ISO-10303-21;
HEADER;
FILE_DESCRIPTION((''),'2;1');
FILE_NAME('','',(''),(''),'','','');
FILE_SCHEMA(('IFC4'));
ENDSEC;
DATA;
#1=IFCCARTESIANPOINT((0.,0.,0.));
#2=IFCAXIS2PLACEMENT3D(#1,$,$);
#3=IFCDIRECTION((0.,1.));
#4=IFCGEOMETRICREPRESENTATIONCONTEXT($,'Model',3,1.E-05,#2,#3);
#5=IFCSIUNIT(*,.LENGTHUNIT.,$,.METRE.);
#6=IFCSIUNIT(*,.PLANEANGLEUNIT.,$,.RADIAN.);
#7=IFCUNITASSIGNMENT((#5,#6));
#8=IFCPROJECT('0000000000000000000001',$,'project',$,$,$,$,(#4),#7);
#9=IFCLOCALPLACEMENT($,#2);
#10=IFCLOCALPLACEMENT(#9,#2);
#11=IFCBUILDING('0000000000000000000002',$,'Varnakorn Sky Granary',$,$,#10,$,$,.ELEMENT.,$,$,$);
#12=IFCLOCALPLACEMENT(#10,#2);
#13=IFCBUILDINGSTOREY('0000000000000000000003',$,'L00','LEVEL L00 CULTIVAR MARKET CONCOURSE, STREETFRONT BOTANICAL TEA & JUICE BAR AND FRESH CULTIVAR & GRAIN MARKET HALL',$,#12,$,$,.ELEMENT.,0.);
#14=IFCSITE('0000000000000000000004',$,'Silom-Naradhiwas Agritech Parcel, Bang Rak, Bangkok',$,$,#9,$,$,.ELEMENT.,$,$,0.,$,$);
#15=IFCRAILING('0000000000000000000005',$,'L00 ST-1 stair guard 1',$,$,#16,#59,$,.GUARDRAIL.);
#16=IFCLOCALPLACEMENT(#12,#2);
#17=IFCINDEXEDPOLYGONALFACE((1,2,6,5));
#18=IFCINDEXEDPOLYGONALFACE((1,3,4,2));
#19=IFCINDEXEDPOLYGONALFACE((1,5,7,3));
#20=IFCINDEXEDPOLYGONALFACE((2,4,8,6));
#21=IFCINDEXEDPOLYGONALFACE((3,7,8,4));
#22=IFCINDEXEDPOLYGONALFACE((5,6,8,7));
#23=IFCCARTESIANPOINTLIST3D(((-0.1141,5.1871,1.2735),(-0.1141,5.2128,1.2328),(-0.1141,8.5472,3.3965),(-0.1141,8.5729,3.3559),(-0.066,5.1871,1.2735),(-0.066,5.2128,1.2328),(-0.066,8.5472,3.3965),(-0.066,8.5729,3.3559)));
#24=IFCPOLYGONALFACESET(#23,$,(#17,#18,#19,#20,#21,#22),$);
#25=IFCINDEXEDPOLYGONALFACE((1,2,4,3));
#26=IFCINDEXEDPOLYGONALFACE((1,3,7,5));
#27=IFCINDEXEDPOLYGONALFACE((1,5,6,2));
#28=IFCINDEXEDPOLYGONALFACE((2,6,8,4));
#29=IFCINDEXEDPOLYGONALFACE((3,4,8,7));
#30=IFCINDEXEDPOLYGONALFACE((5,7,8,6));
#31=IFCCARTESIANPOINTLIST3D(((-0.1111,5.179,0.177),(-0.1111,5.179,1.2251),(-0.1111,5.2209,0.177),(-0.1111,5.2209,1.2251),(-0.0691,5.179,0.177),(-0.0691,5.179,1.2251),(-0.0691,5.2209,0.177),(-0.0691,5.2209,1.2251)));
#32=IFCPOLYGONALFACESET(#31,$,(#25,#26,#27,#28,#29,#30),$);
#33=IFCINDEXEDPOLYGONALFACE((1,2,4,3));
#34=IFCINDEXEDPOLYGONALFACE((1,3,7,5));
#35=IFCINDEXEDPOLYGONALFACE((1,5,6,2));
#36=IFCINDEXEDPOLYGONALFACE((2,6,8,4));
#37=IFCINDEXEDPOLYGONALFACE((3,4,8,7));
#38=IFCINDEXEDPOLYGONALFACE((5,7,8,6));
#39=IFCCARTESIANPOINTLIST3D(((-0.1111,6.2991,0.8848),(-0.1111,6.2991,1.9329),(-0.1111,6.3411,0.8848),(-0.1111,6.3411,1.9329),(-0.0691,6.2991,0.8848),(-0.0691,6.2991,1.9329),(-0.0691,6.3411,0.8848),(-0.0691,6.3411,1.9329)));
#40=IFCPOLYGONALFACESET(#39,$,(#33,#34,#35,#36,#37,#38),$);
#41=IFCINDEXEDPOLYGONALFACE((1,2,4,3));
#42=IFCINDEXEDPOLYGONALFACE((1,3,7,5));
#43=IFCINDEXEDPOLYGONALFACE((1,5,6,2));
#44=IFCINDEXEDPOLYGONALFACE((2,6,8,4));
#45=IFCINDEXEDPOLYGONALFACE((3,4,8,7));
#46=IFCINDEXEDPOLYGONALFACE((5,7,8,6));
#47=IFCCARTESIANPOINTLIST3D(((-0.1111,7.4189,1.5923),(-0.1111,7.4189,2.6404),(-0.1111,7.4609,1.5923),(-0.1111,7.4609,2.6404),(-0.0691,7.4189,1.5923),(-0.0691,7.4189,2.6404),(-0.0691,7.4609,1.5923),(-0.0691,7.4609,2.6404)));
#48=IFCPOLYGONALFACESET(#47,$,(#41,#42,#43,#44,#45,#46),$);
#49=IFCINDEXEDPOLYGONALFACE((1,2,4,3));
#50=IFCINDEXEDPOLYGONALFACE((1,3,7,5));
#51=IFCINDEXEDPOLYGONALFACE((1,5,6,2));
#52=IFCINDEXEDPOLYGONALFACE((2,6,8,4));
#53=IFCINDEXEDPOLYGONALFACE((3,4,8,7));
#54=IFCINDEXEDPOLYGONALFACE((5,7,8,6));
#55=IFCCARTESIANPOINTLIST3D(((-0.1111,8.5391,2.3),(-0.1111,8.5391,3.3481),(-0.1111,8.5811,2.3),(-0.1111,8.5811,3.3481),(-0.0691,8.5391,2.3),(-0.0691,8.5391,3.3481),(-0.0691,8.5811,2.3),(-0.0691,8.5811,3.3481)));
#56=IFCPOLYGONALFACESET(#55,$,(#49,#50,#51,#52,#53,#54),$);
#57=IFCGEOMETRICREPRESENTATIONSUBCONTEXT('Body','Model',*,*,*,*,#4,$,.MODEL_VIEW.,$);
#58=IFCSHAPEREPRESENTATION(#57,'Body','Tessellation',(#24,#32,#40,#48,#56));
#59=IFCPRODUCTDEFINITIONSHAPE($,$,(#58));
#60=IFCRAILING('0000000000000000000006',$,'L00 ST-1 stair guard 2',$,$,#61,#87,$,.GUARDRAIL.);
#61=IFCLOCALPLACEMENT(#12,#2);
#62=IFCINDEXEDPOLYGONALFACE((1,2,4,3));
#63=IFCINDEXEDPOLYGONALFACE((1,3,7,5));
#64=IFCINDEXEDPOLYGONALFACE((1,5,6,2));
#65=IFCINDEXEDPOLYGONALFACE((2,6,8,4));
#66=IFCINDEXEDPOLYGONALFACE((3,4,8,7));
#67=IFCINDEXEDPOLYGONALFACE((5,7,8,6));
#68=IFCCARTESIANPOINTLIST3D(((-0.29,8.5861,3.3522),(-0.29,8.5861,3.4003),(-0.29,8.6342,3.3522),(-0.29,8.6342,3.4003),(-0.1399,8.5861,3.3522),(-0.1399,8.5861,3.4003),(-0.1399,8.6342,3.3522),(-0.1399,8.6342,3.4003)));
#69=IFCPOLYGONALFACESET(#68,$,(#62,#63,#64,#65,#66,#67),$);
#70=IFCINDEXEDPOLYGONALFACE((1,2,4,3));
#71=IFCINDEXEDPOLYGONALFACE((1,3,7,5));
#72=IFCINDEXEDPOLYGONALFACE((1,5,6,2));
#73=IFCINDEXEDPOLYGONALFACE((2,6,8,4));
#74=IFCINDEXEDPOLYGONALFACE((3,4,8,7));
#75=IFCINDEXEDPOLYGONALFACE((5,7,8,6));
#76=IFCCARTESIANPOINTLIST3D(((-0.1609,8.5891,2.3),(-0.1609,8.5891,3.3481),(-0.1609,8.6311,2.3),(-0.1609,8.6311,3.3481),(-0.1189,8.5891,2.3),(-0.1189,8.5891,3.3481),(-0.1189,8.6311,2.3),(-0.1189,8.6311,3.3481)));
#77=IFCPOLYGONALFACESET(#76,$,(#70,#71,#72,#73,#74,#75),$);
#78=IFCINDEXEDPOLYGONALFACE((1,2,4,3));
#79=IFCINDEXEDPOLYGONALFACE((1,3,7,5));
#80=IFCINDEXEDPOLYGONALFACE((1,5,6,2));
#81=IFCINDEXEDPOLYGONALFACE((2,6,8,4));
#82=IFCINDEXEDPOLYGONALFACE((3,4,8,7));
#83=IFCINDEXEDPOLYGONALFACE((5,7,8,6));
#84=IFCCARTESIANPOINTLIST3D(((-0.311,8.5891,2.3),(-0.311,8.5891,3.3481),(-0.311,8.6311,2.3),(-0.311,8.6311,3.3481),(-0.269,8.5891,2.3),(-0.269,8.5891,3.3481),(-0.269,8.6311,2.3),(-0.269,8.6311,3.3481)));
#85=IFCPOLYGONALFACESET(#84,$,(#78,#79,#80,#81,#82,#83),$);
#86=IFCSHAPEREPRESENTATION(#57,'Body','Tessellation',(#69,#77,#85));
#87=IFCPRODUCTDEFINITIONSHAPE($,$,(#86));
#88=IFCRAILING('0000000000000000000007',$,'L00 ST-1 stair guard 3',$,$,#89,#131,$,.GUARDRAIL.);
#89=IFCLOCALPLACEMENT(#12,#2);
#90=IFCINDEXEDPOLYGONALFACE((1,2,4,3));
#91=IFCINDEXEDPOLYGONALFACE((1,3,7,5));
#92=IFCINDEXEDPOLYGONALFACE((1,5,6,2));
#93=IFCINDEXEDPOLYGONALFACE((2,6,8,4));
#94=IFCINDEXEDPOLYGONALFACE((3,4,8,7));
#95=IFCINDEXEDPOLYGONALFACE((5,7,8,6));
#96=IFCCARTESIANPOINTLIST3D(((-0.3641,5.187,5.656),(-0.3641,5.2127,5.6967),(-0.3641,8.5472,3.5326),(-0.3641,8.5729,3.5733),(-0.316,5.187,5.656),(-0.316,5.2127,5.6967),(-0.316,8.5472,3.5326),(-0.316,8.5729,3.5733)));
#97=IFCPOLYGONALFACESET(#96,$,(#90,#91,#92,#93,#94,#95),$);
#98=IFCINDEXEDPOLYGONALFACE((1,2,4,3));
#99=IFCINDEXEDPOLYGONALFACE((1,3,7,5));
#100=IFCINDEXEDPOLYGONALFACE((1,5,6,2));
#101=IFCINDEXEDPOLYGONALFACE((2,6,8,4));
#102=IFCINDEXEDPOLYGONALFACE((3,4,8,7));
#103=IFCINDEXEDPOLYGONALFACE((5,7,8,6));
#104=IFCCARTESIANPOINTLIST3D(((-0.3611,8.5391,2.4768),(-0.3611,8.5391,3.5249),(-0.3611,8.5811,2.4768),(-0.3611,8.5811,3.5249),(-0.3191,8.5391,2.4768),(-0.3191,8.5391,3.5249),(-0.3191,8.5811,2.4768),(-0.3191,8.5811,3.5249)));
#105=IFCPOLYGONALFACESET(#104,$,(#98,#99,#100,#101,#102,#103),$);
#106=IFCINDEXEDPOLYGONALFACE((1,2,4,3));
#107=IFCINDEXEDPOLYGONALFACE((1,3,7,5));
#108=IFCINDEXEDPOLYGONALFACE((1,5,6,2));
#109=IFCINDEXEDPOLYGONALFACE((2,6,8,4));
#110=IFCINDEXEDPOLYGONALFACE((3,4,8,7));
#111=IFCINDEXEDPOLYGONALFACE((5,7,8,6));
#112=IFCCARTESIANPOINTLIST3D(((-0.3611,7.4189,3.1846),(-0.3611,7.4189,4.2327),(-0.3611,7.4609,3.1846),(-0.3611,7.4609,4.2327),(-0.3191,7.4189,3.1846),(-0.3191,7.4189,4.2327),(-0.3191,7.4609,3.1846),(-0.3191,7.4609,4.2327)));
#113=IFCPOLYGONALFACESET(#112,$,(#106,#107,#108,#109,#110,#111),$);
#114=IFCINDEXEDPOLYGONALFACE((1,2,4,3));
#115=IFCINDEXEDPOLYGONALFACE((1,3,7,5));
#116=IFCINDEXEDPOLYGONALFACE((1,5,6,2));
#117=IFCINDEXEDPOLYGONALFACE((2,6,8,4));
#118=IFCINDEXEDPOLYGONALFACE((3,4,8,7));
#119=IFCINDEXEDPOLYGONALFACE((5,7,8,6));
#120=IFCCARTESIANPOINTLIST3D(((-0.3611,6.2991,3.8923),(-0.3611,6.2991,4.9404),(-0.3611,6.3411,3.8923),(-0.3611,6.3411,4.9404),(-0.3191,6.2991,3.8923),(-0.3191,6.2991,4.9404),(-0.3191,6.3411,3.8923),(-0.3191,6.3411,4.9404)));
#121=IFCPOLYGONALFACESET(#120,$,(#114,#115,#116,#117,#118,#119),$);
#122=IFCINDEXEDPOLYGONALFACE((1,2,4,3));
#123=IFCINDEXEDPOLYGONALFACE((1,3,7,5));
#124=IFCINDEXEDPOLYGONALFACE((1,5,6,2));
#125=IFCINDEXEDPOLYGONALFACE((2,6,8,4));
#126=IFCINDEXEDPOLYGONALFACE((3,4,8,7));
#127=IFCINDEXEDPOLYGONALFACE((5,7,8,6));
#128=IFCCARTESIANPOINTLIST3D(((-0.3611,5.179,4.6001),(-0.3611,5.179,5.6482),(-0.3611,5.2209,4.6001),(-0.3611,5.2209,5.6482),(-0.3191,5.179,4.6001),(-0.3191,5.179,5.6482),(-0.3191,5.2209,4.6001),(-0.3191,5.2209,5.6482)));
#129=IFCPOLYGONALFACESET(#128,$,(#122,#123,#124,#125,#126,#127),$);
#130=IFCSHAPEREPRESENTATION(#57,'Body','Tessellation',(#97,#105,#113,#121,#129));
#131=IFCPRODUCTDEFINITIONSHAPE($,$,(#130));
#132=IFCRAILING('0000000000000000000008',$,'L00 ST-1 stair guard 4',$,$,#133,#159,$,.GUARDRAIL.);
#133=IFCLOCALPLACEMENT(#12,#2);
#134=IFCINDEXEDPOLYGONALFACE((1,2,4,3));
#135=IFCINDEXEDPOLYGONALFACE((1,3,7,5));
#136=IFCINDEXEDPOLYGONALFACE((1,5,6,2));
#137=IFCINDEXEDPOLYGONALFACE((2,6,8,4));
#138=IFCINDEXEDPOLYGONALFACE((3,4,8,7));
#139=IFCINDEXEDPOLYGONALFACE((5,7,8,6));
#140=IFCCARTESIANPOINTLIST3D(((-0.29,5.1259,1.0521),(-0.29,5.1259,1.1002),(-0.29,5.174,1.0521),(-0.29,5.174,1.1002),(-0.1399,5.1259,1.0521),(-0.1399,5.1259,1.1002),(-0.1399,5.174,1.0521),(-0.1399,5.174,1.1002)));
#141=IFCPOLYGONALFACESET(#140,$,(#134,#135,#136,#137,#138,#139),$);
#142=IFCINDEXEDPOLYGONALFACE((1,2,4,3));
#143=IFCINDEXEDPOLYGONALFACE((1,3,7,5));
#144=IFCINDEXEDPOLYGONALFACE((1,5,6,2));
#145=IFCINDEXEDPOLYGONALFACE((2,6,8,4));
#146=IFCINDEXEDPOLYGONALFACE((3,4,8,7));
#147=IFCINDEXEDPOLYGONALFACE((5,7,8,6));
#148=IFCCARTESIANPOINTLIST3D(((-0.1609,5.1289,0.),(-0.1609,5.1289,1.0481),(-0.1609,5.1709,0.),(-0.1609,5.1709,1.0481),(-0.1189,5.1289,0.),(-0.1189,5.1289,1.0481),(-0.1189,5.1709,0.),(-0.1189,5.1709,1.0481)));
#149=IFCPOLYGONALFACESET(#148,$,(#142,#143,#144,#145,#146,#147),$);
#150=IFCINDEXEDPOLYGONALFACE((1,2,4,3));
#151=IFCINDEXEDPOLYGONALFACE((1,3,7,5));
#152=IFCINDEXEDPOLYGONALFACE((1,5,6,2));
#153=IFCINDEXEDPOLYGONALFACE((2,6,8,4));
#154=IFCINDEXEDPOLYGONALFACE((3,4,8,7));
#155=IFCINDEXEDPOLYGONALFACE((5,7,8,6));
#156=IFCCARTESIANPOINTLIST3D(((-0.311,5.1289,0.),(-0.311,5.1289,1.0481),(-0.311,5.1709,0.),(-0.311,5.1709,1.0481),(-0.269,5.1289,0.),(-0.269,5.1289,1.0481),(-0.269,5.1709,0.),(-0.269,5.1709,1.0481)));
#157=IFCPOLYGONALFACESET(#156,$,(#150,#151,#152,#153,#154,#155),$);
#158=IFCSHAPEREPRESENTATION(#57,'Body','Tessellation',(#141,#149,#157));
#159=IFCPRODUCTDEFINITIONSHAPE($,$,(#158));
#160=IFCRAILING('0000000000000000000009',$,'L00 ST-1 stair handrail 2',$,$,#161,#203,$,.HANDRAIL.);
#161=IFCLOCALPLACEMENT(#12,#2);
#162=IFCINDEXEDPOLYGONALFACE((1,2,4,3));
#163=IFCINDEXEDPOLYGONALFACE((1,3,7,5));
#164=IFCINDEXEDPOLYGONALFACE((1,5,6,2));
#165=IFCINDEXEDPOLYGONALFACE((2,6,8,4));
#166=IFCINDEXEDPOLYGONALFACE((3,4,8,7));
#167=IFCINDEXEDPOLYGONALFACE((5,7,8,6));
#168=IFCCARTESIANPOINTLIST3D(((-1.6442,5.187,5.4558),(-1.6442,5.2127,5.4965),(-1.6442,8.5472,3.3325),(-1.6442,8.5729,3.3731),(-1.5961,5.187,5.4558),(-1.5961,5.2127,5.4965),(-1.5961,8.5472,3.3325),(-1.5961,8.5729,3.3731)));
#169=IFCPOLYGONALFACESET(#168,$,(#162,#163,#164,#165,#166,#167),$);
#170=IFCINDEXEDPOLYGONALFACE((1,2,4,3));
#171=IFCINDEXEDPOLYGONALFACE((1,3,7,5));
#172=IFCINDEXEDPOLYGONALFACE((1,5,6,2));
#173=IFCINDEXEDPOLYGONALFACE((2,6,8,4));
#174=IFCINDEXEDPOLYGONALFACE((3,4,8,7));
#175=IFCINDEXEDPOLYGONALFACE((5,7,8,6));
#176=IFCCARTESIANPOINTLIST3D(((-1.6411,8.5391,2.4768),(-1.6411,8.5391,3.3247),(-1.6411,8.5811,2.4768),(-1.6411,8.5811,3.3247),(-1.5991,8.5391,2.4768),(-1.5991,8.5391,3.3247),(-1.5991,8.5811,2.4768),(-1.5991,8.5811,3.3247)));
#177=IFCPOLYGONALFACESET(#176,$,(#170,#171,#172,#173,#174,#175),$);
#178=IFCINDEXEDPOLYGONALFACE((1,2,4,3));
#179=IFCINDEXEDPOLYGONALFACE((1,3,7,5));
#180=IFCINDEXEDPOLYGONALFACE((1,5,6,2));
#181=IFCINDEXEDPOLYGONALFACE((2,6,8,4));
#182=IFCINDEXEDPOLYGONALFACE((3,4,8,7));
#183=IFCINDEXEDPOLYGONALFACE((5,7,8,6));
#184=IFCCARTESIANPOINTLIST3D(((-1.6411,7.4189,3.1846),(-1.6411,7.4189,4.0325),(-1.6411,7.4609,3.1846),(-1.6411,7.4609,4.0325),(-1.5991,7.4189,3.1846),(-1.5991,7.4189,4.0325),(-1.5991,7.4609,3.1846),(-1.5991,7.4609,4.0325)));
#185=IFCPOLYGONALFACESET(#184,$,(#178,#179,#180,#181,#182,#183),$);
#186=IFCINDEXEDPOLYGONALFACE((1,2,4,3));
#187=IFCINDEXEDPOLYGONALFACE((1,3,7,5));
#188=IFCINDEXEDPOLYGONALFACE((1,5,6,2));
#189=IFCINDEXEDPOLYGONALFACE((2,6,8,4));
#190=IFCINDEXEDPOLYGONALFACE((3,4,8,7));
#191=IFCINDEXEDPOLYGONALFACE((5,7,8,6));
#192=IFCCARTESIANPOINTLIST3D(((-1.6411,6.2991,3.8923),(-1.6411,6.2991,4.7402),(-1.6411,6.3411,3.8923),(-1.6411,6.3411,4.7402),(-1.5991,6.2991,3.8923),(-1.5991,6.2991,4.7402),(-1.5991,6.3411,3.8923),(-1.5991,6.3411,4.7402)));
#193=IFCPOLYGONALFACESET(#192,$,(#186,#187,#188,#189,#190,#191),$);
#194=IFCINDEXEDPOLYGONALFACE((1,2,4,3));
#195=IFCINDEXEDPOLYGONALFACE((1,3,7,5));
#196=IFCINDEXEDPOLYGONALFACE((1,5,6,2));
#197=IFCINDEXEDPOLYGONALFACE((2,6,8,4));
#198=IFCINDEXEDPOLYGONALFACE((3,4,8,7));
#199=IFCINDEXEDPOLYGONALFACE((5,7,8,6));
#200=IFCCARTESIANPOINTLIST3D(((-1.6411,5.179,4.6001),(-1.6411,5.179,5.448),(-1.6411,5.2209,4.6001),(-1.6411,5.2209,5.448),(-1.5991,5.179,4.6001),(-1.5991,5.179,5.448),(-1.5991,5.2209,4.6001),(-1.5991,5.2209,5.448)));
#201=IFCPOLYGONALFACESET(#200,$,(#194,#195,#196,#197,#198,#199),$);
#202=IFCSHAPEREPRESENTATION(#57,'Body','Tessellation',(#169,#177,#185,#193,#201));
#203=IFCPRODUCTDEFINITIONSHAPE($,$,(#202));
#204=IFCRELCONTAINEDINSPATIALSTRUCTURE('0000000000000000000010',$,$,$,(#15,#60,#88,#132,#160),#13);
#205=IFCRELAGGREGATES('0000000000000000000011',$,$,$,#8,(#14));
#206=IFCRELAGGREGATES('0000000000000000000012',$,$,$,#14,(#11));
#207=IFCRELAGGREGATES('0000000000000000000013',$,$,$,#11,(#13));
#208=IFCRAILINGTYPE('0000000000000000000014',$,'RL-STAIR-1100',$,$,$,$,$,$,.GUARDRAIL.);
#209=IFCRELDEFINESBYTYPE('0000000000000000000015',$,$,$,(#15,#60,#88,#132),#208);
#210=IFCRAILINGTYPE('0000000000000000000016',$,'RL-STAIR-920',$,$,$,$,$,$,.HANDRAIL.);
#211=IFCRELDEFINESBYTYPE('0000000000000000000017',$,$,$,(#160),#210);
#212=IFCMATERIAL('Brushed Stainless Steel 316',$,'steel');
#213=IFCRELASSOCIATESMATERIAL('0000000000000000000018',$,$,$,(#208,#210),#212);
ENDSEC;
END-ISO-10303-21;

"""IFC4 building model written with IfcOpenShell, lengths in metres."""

from ifc_helpers import new_model, si_unit, direction, frame, origin, origin_2d, place, context, subcontext, project, spatial, rectangle, extrude, material, type_object, element, save


model = new_model("IFC4")

# Units and contexts
model_context = context("Model", 3, precision=1e-05, world=origin(), true_north=direction((0.0, 1.0)))
body_context = subcontext(model_context, "Body", "Model", "MODEL_VIEW")
ifc_project = project(units=[si_unit("LENGTHUNIT", "METRE"), si_unit("PLANEANGLEUNIT", "RADIAN")], contexts=[model_context])

# Site, building, storey
site_placement = place(None, origin())
site = spatial("IfcSite", under=ifc_project, at=site_placement, Name="Silom-Naradhiwas Agritech Parcel, Bang Rak, Bangkok", CompositionType="ELEMENT", RefElevation=0.0)
building_placement = place(site_placement, origin())
building = spatial("IfcBuilding", under=site, at=building_placement, Name="Varnakorn Sky Granary", CompositionType="ELEMENT")
storey_placement = place(building_placement, origin())
storey = spatial("IfcBuildingStorey", under=building, at=storey_placement, Name="L00", Description="LEVEL L00 CULTIVAR MARKET CONCOURSE, STREETFRONT BOTANICAL TEA & JUICE BAR AND FRESH CULTIVAR & GRAIN MARKET HALL", CompositionType="ELEMENT", Elevation=0.0)

# Railings
ifc_material_1 = material(Name="Brushed Stainless Steel 316", Category="steel")
railing_type_1 = type_object("IfcRailingType", Name="RL-STAIR-1100", PredefinedType="GUARDRAIL", material=ifc_material_1)
railing_1_placement = place(storey_placement, frame((-0.0901, 5.2, 0.177)))
element("IfcRailing", 1, at=railing_1_placement, inside=storey, type_object=railing_type_1, Name="L00 ST-1 stair guard 1", PredefinedType="GUARDRAIL", context=body_context, shape_type="SweptSolid", body=[
    extrude(rectangle(XDim=0.0481, YDim=0.0481, at=origin_2d()), frame((0.0, 0.0, 1.0762), z_axis=(0.0, 0.84539, 0.53415), x_axis=(-1.0, 0.0, 0.0)), (0.0, 0.0, 1.0), 3.9746),
    extrude(rectangle(XDim=0.042, YDim=0.042, at=origin_2d()), origin(), (0.0, 0.0, 1.0), 1.0481),
    extrude(rectangle(XDim=0.042, YDim=0.042, at=origin_2d()), frame((0.0, 1.1201, 0.7078)), (0.0, 0.0, 1.0), 1.0481),
    extrude(rectangle(XDim=0.042, YDim=0.042, at=origin_2d()), frame((0.0, 2.24, 1.4153)), (0.0, 0.0, 1.0), 1.0481),
    extrude(rectangle(XDim=0.042, YDim=0.042, at=origin_2d()), frame((0.0, 3.3601, 2.123)), (0.0, 0.0, 1.0), 1.0481),
])
railing_2_placement = place(storey_placement, frame((-0.1399, 8.6101, 2.3)))
element("IfcRailing", 2, at=railing_2_placement, inside=storey, type_object=railing_type_1, Name="L00 ST-1 stair guard 2", PredefinedType="GUARDRAIL", context=body_context, shape_type="SweptSolid", body=[
    extrude(rectangle(XDim=0.0481, YDim=0.0481, at=origin_2d()), frame((0.0, 0.0, 1.0762), z_axis=(-1.0, 0.0, 0.0), x_axis=(0.0, -1.0, 0.0)), (0.0, 0.0, 1.0), 0.1501),
    extrude(rectangle(XDim=0.042, YDim=0.042, at=origin_2d()), origin(), (0.0, 0.0, 1.0), 1.0481),
    extrude(rectangle(XDim=0.042, YDim=0.042, at=origin_2d()), frame((-0.1501, 0.0, 0.0)), (0.0, 0.0, 1.0), 1.0481),
])
railing_3_placement = place(storey_placement, frame((-0.3401, 8.5601, 2.4768)))
element("IfcRailing", 3, at=railing_3_placement, inside=storey, type_object=railing_type_1, Name="L00 ST-1 stair guard 3", PredefinedType="GUARDRAIL", context=body_context, shape_type="SweptSolid", body=[
    extrude(rectangle(XDim=0.0481, YDim=0.0481, at=origin_2d()), frame((0.0, 0.0, 1.0762), z_axis=(0.0, -0.845362, 0.534194), x_axis=(1.0, 0.0, 0.0)), (0.0, 0.0, 1.0), 3.9749),
    extrude(rectangle(XDim=0.042, YDim=0.042, at=origin_2d()), origin(), (0.0, 0.0, 1.0), 1.0481),
    extrude(rectangle(XDim=0.042, YDim=0.042, at=origin_2d()), frame((0.0, -1.1201, 0.7078)), (0.0, 0.0, 1.0), 1.0481),
    extrude(rectangle(XDim=0.042, YDim=0.042, at=origin_2d()), frame((0.0, -2.24, 1.4155)), (0.0, 0.0, 1.0), 1.0481),
    extrude(rectangle(XDim=0.042, YDim=0.042, at=origin_2d()), frame((0.0, -3.3601, 2.1233)), (0.0, 0.0, 1.0), 1.0481),
])
railing_4_placement = place(storey_placement, frame((-0.1399, 5.1499, 0.0)))
element("IfcRailing", 4, at=railing_4_placement, inside=storey, type_object=railing_type_1, Name="L00 ST-1 stair guard 4", PredefinedType="GUARDRAIL", context=body_context, shape_type="SweptSolid", body=[
    extrude(rectangle(XDim=0.0481, YDim=0.0481, at=origin_2d()), frame((0.0, 0.0, 1.0762), z_axis=(-1.0, 0.0, 0.0), x_axis=(0.0, -1.0, 0.0)), (0.0, 0.0, 1.0), 0.1501),
    extrude(rectangle(XDim=0.042, YDim=0.042, at=origin_2d()), origin(), (0.0, 0.0, 1.0), 1.0481),
    extrude(rectangle(XDim=0.042, YDim=0.042, at=origin_2d()), frame((-0.1501, 0.0, 0.0)), (0.0, 0.0, 1.0), 1.0481),
])
railing_type_2 = type_object("IfcRailingType", Name="RL-STAIR-920", PredefinedType="HANDRAIL", material=ifc_material_1)
railing_5_placement = place(storey_placement, frame((-1.6201, 8.5601, 2.4768)))
element("IfcRailing", 5, at=railing_5_placement, inside=storey, type_object=railing_type_2, Name="L00 ST-1 stair handrail 2", PredefinedType="HANDRAIL", context=body_context, shape_type="SweptSolid", body=[
    extrude(rectangle(XDim=0.0481, YDim=0.0481, at=origin_2d()), frame((0.0, 0.0, 0.876), z_axis=(0.0, -0.845362, 0.534194), x_axis=(1.0, 0.0, 0.0)), (0.0, 0.0, 1.0), 3.9749),
    extrude(rectangle(XDim=0.042, YDim=0.042, at=origin_2d()), origin(), (0.0, 0.0, 1.0), 0.8479),
    extrude(rectangle(XDim=0.042, YDim=0.042, at=origin_2d()), frame((0.0, -1.1201, 0.7078)), (0.0, 0.0, 1.0), 0.8479),
    extrude(rectangle(XDim=0.042, YDim=0.042, at=origin_2d()), frame((0.0, -2.24, 1.4155)), (0.0, 0.0, 1.0), 0.8479),
    extrude(rectangle(XDim=0.042, YDim=0.042, at=origin_2d()), frame((0.0, -3.3601, 2.1233)), (0.0, 0.0, 1.0), 0.8479),
])

save(model, "model.ifc")
